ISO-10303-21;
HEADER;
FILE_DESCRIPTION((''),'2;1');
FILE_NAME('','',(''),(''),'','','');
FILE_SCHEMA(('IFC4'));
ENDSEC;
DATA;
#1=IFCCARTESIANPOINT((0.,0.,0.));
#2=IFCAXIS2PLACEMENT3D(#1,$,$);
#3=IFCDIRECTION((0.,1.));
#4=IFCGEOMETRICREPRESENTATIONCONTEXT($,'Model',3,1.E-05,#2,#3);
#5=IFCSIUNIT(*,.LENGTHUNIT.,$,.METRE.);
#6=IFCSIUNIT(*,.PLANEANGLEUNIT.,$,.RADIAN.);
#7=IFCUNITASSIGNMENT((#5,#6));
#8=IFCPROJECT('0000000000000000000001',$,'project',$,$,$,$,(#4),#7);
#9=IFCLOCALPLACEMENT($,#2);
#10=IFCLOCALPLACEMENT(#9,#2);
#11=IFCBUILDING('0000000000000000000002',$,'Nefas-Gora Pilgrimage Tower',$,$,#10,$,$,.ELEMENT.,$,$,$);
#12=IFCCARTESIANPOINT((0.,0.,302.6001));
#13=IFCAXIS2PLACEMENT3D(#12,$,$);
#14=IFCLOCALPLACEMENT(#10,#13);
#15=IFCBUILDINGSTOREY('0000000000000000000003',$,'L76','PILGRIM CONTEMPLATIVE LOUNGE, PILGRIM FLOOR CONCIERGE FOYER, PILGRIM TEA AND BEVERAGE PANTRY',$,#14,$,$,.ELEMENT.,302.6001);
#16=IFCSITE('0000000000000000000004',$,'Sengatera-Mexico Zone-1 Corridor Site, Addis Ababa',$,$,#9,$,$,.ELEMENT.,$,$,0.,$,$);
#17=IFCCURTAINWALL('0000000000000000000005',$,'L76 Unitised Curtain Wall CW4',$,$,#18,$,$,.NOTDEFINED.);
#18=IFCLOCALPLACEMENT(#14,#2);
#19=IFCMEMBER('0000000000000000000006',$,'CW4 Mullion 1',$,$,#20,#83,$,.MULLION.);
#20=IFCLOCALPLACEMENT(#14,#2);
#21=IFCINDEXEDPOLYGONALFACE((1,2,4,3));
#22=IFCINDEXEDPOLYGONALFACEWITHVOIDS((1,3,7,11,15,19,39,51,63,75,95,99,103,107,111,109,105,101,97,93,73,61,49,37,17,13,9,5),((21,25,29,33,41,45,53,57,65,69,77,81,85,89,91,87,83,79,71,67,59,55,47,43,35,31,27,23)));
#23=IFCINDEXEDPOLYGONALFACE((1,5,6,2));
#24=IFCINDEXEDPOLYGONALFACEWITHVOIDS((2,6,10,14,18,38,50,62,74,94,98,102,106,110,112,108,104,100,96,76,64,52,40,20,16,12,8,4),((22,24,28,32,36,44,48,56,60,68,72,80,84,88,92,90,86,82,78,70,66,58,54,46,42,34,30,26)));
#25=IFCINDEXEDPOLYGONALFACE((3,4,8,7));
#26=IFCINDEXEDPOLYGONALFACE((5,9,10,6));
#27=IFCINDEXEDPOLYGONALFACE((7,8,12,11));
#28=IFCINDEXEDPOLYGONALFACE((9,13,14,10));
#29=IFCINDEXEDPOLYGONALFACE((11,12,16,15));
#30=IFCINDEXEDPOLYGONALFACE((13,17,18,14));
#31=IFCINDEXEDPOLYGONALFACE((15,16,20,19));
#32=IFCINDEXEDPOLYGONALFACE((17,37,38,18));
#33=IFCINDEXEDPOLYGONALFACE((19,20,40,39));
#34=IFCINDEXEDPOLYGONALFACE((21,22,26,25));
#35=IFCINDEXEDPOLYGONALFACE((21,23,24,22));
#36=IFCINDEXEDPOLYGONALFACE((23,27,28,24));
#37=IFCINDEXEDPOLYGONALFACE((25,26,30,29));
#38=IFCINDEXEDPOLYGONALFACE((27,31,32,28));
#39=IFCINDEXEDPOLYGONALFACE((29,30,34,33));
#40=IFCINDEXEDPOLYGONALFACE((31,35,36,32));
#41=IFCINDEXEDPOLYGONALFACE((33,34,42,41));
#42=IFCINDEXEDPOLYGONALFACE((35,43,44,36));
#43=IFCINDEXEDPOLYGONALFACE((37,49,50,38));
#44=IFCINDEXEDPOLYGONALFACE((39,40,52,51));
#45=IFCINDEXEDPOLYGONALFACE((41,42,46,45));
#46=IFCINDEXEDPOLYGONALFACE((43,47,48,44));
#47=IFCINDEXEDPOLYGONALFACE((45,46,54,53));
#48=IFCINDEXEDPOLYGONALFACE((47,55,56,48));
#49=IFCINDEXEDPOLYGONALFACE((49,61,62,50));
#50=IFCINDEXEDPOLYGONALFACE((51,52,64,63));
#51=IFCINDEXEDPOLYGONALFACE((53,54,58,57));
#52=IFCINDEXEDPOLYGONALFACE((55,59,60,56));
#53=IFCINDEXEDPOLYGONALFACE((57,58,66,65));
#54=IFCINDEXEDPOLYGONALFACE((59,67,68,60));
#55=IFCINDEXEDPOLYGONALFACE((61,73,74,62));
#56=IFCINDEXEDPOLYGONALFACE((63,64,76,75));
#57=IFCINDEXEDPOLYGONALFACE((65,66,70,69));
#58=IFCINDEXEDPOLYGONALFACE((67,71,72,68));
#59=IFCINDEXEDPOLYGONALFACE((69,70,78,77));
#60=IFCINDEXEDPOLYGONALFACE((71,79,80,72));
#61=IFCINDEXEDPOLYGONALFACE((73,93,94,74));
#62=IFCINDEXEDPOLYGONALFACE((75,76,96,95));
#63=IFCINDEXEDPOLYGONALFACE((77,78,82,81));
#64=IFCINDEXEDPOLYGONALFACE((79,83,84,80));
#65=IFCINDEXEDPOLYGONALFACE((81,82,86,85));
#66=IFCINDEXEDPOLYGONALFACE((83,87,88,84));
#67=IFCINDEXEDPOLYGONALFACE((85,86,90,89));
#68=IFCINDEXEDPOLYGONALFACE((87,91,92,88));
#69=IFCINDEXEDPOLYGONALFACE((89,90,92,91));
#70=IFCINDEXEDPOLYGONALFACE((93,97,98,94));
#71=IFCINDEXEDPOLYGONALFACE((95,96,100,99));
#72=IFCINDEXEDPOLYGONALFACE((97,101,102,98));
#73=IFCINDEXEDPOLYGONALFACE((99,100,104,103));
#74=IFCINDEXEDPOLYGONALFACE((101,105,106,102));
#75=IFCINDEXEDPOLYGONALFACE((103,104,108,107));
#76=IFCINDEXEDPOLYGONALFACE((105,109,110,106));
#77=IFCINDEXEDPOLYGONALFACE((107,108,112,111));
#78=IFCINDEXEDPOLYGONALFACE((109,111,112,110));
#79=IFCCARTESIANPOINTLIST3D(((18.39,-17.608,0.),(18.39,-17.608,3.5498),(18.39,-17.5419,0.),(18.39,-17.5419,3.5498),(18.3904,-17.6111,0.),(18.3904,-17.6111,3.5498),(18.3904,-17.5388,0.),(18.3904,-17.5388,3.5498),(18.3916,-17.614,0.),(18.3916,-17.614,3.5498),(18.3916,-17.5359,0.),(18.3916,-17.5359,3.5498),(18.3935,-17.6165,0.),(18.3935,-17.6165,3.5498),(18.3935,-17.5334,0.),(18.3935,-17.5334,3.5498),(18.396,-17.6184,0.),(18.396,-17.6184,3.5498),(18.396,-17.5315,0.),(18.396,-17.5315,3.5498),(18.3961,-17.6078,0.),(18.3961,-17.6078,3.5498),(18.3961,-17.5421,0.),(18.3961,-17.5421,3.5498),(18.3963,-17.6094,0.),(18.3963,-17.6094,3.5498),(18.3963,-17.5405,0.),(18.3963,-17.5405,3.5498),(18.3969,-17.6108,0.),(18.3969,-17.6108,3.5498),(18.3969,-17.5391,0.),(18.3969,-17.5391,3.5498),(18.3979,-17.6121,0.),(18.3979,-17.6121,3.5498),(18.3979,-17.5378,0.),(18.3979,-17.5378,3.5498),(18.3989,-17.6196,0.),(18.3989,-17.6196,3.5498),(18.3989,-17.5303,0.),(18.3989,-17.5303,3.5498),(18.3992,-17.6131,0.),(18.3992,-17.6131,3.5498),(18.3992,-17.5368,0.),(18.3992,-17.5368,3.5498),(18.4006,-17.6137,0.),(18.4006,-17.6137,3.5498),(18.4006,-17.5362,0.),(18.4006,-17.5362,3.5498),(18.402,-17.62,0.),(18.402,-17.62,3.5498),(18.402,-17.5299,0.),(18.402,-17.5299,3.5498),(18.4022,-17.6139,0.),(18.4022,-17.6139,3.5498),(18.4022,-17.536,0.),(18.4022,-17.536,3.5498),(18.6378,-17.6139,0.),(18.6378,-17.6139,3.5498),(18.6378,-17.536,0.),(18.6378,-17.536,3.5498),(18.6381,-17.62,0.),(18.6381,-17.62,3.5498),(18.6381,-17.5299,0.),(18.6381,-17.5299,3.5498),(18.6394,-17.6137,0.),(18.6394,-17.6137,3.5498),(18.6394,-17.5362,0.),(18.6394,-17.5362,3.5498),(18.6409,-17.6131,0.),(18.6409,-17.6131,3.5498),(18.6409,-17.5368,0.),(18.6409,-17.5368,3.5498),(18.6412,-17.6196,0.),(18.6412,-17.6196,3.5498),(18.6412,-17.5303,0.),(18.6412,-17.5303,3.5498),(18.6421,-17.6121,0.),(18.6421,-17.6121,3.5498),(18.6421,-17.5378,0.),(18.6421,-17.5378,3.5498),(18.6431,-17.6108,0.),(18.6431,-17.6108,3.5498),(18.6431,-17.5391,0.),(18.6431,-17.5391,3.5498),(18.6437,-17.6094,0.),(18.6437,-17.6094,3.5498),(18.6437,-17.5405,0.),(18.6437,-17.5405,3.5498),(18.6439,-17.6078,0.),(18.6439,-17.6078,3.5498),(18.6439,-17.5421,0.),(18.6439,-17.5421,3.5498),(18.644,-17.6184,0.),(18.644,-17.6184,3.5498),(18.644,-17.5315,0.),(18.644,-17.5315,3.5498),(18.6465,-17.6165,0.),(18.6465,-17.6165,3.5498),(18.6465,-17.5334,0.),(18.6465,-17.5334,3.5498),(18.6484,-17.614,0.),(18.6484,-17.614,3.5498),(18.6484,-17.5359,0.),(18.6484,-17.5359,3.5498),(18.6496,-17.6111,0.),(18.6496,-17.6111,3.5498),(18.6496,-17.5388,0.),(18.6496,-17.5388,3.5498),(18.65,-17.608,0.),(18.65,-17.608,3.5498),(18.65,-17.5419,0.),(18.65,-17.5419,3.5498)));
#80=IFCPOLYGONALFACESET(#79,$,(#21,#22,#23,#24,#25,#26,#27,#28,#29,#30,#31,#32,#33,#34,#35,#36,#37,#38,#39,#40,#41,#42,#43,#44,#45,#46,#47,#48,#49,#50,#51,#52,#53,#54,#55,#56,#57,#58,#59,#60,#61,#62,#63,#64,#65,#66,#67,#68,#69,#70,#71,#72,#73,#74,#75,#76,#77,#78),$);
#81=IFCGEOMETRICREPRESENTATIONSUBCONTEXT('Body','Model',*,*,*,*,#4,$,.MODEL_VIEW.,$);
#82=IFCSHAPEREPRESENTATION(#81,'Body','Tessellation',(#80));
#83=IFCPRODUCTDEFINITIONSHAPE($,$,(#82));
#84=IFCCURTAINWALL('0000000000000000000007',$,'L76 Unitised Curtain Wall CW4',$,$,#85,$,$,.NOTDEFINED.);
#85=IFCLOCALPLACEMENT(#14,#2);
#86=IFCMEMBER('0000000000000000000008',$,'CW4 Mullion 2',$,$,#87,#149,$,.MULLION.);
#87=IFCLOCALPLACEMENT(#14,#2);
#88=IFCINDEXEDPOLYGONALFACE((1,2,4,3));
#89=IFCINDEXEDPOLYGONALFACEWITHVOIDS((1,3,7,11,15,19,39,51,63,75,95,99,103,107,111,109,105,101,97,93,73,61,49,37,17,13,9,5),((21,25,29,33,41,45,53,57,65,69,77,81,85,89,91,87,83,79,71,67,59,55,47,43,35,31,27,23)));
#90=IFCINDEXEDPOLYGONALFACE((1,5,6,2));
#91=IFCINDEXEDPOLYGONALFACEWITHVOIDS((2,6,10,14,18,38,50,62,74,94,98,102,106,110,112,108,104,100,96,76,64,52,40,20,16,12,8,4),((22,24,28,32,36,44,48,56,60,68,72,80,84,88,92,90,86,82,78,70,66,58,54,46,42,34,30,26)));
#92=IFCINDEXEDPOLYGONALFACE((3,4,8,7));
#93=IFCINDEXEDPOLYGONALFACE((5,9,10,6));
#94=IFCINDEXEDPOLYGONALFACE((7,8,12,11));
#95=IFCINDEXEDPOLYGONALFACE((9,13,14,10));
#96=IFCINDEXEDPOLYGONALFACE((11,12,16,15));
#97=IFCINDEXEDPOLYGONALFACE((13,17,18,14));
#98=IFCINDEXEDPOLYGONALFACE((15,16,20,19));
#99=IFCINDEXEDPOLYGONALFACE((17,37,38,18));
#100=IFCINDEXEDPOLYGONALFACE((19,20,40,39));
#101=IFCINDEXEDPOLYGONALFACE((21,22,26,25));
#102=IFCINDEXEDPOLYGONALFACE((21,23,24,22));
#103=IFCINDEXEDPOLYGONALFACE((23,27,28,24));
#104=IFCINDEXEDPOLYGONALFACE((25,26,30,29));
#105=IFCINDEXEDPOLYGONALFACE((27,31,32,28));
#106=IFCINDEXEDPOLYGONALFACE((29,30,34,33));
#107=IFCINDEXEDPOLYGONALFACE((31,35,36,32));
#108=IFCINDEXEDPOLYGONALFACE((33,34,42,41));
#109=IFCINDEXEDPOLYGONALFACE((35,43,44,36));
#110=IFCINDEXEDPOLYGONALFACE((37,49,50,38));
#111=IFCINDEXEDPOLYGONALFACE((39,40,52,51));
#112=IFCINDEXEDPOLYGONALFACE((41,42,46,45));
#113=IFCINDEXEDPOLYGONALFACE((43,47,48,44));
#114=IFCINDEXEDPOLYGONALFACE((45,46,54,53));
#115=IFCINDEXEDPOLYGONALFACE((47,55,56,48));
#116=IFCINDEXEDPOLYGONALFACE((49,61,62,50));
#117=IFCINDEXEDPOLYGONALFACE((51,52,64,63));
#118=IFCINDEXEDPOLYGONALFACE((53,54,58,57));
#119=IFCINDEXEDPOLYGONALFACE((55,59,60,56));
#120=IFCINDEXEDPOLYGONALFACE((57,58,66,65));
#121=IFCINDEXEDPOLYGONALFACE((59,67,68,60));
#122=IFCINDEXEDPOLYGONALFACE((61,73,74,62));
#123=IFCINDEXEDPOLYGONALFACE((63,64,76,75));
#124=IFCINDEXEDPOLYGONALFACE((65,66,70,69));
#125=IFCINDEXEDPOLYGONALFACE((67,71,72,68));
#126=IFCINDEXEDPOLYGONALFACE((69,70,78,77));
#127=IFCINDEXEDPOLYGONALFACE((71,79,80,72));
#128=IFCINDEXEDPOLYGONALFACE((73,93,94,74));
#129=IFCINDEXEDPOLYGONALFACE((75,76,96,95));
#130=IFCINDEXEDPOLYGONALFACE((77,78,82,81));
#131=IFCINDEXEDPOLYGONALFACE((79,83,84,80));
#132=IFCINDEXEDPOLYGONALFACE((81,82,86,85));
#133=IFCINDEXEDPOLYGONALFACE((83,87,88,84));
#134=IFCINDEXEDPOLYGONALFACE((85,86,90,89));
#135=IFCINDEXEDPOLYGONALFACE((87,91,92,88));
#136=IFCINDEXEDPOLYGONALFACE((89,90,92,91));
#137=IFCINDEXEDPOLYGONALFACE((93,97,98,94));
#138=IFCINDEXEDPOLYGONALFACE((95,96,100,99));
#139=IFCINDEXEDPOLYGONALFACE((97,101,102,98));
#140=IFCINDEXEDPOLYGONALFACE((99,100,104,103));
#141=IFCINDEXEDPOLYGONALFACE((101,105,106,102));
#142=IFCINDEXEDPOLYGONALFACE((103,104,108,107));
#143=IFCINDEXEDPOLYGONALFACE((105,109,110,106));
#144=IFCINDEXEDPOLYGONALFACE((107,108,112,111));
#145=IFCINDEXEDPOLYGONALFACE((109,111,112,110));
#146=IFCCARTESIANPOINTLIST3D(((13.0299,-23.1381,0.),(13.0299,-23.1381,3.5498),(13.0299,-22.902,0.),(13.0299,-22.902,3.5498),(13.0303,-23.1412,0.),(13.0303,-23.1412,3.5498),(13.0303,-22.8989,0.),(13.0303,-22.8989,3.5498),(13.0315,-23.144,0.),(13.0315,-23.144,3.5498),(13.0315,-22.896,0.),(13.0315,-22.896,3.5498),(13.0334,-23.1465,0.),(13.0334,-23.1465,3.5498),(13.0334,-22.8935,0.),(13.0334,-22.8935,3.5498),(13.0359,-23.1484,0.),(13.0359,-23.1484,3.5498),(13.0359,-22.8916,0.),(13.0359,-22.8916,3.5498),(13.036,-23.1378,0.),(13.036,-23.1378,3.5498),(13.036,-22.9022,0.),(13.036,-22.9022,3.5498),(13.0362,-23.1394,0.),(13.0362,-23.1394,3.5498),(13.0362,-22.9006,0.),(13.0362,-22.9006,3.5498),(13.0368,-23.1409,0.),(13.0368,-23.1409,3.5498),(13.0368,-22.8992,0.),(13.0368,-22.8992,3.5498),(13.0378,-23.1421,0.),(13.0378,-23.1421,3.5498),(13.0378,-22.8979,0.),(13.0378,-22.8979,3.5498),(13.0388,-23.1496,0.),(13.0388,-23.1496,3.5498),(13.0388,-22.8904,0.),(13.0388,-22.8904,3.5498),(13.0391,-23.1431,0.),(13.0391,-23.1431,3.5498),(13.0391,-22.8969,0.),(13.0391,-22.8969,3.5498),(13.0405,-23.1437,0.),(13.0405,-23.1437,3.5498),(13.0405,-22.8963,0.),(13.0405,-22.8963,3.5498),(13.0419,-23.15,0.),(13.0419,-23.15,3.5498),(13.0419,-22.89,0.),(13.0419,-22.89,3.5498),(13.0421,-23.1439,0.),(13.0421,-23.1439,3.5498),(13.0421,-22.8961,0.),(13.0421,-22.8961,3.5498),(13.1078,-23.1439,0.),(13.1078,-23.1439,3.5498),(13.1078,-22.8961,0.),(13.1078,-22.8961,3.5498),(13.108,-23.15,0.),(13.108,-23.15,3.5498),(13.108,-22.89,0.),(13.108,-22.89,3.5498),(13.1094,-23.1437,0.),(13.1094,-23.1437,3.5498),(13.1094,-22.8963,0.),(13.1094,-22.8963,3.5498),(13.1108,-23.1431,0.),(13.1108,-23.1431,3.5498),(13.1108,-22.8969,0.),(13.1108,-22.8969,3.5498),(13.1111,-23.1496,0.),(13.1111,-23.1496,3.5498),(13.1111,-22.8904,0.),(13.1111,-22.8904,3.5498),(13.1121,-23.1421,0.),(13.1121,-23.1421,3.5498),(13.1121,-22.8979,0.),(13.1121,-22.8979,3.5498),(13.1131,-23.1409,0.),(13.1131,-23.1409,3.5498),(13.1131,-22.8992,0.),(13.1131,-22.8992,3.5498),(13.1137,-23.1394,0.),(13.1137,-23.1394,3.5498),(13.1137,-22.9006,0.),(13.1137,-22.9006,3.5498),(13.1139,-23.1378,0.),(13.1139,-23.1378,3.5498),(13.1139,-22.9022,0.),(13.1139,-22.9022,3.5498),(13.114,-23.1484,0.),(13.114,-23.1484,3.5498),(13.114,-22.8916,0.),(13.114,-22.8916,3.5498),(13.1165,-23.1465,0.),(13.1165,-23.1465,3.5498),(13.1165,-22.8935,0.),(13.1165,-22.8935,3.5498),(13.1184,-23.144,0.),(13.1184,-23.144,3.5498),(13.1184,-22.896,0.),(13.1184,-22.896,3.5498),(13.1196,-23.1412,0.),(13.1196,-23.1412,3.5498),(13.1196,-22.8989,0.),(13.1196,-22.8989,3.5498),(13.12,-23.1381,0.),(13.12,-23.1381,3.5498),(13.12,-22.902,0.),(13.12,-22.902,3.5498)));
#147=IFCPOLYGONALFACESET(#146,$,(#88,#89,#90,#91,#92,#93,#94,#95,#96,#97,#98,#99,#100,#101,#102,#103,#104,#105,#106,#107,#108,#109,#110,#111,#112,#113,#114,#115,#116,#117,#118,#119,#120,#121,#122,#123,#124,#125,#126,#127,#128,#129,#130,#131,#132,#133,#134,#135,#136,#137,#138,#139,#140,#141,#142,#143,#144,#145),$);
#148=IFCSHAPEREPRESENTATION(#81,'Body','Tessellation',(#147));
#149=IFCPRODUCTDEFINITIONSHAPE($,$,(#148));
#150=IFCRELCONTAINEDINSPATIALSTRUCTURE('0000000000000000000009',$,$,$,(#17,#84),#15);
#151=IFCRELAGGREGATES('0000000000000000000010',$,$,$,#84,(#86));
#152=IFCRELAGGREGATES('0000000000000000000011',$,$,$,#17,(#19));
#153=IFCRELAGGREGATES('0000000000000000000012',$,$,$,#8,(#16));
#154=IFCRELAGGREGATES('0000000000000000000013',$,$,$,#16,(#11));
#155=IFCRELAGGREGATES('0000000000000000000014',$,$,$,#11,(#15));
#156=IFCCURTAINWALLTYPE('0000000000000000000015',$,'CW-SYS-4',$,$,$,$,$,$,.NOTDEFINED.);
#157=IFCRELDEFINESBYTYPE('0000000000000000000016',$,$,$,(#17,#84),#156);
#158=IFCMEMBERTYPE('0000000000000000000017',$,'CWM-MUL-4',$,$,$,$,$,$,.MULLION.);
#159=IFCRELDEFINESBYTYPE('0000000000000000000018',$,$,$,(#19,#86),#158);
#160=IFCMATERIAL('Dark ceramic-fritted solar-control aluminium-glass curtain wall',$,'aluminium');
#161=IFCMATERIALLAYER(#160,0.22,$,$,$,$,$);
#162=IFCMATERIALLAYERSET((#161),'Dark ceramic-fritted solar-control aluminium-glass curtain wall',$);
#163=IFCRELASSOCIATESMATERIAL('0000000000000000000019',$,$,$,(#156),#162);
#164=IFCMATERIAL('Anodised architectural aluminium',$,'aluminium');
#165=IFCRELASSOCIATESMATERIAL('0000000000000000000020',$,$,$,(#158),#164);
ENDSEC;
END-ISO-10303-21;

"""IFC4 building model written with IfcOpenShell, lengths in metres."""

from ifc_helpers import new_model, si_unit, direction, frame, origin, origin_2d, place, context, subcontext, project, spatial, hollow_rectangle, extrude, source, transform, mapped, material, layer, layer_set, material_profile, profile_set, type_object, element, aggregate, save


model = new_model("IFC4")

# Units and contexts
model_context = context("Model", 3, precision=1e-05, world=origin(), true_north=direction((0.0, 1.0)))
body_context = subcontext(model_context, "Body", "Model", "MODEL_VIEW")
ifc_project = project(units=[si_unit("LENGTHUNIT", "METRE"), si_unit("PLANEANGLEUNIT", "RADIAN")], contexts=[model_context])

# Site, building, storey
site_placement = place(None, origin())
site = spatial("IfcSite", under=ifc_project, at=site_placement, Name="Sengatera-Mexico Zone-1 Corridor Site, Addis Ababa", CompositionType="ELEMENT", RefElevation=0.0)
building_placement = place(site_placement, origin())
building = spatial("IfcBuilding", under=site, at=building_placement, Name="Nefas-Gora Pilgrimage Tower", CompositionType="ELEMENT")
storey_placement = place(building_placement, frame((0.0, 0.0, 302.6001)))
storey = spatial("IfcBuildingStorey", under=building, at=storey_placement, Name="L76", Description="PILGRIM CONTEMPLATIVE LOUNGE, PILGRIM FLOOR CONCIERGE FOYER, PILGRIM TEA AND BEVERAGE PANTRY", CompositionType="ELEMENT", Elevation=302.6001)

# Curtain walls, members
ifc_material_1 = material(Name="Dark ceramic-fritted solar-control aluminium-glass curtain wall", Category="aluminium")
ifc_layer_1 = layer(ifc_material_1, 0.22)
ifc_layer_set_1 = layer_set([ifc_layer_1], Name="Dark ceramic-fritted solar-control aluminium-glass curtain wall")
curtain_wall_type = type_object("IfcCurtainWallType", Name="CW-SYS-4", PredefinedType="NOTDEFINED", material=ifc_layer_set_1)
curtain_wall_1_placement = place(storey_placement, origin())
curtain_wall_1 = element("IfcCurtainWall", 1, at=curtain_wall_1_placement, inside=storey, type_object=curtain_wall_type, Name="L76 Unitised Curtain Wall CW4", PredefinedType="NOTDEFINED")
ifc_material_2 = material(Name="Anodised architectural aluminium", Category="aluminium")
ifc_material_profile_1 = material_profile(ifc_material_2, hollow_rectangle(XDim=0.0901, YDim=0.26, WallThickness=0.0061, InnerFilletRadius=0.0061, OuterFilletRadius=0.012, at=origin_2d()), Name="ALU MULLION 90x260")
ifc_profile_set_1 = profile_set([ifc_material_profile_1], Name="Anodised architectural aluminium")
member_type_1 = type_object("IfcMemberType", Name="CWM-MUL-4", PredefinedType="MULLION", material=ifc_profile_set_1)
shared_shape_1 = source(origin(), body_context, "Body", "SweptSolid", [
    extrude(hollow_rectangle(XDim=0.0901, YDim=0.26, WallThickness=0.0061, InnerFilletRadius=0.0061, OuterFilletRadius=0.012, at=origin_2d()), origin(), (0.0, 0.0, 1.0), 3.5498),
])
member_1_placement = place(storey_placement, frame((18.52, -17.575, 0.0), z_axis=(0.0, 0.0, 1.0), x_axis=(0.0, 1.0, 0.0)))
member_1 = element("IfcMember", 2, at=member_1_placement, type_object=member_type_1, Name="CW4 Mullion 1", PredefinedType="MULLION", context=body_context, shape_type="MappedRepresentation", body=[
    mapped(shared_shape_1, transform((0.0, 0.0, 0.0), x_axis=(1.0, 0.0, 0.0), y_axis=(0.0, 1.0, 0.0), z_axis=(0.0, 0.0, 1.0), scale=1.0)),
])
curtain_wall_2_placement = place(storey_placement, origin())
curtain_wall_2 = element("IfcCurtainWall", 3, at=curtain_wall_2_placement, inside=storey, type_object=curtain_wall_type, Name="L76 Unitised Curtain Wall CW4", PredefinedType="NOTDEFINED")
member_2_placement = place(storey_placement, frame((13.075, -23.02, 0.0), z_axis=(0.0, 0.0, 1.0), x_axis=(1.0, 0.0, 0.0)))
member_2 = element("IfcMember", 4, at=member_2_placement, type_object=member_type_1, Name="CW4 Mullion 2", PredefinedType="MULLION", context=body_context, shape_type="MappedRepresentation", body=[
    mapped(shared_shape_1, transform((0.0, 0.0, 0.0), x_axis=(1.0, 0.0, 0.0), y_axis=(0.0, 1.0, 0.0), z_axis=(0.0, 0.0, 1.0), scale=1.0)),
])
aggregate(curtain_wall_2, [member_2])

aggregate(curtain_wall_1, [member_1])

save(model, "model.ifc")
